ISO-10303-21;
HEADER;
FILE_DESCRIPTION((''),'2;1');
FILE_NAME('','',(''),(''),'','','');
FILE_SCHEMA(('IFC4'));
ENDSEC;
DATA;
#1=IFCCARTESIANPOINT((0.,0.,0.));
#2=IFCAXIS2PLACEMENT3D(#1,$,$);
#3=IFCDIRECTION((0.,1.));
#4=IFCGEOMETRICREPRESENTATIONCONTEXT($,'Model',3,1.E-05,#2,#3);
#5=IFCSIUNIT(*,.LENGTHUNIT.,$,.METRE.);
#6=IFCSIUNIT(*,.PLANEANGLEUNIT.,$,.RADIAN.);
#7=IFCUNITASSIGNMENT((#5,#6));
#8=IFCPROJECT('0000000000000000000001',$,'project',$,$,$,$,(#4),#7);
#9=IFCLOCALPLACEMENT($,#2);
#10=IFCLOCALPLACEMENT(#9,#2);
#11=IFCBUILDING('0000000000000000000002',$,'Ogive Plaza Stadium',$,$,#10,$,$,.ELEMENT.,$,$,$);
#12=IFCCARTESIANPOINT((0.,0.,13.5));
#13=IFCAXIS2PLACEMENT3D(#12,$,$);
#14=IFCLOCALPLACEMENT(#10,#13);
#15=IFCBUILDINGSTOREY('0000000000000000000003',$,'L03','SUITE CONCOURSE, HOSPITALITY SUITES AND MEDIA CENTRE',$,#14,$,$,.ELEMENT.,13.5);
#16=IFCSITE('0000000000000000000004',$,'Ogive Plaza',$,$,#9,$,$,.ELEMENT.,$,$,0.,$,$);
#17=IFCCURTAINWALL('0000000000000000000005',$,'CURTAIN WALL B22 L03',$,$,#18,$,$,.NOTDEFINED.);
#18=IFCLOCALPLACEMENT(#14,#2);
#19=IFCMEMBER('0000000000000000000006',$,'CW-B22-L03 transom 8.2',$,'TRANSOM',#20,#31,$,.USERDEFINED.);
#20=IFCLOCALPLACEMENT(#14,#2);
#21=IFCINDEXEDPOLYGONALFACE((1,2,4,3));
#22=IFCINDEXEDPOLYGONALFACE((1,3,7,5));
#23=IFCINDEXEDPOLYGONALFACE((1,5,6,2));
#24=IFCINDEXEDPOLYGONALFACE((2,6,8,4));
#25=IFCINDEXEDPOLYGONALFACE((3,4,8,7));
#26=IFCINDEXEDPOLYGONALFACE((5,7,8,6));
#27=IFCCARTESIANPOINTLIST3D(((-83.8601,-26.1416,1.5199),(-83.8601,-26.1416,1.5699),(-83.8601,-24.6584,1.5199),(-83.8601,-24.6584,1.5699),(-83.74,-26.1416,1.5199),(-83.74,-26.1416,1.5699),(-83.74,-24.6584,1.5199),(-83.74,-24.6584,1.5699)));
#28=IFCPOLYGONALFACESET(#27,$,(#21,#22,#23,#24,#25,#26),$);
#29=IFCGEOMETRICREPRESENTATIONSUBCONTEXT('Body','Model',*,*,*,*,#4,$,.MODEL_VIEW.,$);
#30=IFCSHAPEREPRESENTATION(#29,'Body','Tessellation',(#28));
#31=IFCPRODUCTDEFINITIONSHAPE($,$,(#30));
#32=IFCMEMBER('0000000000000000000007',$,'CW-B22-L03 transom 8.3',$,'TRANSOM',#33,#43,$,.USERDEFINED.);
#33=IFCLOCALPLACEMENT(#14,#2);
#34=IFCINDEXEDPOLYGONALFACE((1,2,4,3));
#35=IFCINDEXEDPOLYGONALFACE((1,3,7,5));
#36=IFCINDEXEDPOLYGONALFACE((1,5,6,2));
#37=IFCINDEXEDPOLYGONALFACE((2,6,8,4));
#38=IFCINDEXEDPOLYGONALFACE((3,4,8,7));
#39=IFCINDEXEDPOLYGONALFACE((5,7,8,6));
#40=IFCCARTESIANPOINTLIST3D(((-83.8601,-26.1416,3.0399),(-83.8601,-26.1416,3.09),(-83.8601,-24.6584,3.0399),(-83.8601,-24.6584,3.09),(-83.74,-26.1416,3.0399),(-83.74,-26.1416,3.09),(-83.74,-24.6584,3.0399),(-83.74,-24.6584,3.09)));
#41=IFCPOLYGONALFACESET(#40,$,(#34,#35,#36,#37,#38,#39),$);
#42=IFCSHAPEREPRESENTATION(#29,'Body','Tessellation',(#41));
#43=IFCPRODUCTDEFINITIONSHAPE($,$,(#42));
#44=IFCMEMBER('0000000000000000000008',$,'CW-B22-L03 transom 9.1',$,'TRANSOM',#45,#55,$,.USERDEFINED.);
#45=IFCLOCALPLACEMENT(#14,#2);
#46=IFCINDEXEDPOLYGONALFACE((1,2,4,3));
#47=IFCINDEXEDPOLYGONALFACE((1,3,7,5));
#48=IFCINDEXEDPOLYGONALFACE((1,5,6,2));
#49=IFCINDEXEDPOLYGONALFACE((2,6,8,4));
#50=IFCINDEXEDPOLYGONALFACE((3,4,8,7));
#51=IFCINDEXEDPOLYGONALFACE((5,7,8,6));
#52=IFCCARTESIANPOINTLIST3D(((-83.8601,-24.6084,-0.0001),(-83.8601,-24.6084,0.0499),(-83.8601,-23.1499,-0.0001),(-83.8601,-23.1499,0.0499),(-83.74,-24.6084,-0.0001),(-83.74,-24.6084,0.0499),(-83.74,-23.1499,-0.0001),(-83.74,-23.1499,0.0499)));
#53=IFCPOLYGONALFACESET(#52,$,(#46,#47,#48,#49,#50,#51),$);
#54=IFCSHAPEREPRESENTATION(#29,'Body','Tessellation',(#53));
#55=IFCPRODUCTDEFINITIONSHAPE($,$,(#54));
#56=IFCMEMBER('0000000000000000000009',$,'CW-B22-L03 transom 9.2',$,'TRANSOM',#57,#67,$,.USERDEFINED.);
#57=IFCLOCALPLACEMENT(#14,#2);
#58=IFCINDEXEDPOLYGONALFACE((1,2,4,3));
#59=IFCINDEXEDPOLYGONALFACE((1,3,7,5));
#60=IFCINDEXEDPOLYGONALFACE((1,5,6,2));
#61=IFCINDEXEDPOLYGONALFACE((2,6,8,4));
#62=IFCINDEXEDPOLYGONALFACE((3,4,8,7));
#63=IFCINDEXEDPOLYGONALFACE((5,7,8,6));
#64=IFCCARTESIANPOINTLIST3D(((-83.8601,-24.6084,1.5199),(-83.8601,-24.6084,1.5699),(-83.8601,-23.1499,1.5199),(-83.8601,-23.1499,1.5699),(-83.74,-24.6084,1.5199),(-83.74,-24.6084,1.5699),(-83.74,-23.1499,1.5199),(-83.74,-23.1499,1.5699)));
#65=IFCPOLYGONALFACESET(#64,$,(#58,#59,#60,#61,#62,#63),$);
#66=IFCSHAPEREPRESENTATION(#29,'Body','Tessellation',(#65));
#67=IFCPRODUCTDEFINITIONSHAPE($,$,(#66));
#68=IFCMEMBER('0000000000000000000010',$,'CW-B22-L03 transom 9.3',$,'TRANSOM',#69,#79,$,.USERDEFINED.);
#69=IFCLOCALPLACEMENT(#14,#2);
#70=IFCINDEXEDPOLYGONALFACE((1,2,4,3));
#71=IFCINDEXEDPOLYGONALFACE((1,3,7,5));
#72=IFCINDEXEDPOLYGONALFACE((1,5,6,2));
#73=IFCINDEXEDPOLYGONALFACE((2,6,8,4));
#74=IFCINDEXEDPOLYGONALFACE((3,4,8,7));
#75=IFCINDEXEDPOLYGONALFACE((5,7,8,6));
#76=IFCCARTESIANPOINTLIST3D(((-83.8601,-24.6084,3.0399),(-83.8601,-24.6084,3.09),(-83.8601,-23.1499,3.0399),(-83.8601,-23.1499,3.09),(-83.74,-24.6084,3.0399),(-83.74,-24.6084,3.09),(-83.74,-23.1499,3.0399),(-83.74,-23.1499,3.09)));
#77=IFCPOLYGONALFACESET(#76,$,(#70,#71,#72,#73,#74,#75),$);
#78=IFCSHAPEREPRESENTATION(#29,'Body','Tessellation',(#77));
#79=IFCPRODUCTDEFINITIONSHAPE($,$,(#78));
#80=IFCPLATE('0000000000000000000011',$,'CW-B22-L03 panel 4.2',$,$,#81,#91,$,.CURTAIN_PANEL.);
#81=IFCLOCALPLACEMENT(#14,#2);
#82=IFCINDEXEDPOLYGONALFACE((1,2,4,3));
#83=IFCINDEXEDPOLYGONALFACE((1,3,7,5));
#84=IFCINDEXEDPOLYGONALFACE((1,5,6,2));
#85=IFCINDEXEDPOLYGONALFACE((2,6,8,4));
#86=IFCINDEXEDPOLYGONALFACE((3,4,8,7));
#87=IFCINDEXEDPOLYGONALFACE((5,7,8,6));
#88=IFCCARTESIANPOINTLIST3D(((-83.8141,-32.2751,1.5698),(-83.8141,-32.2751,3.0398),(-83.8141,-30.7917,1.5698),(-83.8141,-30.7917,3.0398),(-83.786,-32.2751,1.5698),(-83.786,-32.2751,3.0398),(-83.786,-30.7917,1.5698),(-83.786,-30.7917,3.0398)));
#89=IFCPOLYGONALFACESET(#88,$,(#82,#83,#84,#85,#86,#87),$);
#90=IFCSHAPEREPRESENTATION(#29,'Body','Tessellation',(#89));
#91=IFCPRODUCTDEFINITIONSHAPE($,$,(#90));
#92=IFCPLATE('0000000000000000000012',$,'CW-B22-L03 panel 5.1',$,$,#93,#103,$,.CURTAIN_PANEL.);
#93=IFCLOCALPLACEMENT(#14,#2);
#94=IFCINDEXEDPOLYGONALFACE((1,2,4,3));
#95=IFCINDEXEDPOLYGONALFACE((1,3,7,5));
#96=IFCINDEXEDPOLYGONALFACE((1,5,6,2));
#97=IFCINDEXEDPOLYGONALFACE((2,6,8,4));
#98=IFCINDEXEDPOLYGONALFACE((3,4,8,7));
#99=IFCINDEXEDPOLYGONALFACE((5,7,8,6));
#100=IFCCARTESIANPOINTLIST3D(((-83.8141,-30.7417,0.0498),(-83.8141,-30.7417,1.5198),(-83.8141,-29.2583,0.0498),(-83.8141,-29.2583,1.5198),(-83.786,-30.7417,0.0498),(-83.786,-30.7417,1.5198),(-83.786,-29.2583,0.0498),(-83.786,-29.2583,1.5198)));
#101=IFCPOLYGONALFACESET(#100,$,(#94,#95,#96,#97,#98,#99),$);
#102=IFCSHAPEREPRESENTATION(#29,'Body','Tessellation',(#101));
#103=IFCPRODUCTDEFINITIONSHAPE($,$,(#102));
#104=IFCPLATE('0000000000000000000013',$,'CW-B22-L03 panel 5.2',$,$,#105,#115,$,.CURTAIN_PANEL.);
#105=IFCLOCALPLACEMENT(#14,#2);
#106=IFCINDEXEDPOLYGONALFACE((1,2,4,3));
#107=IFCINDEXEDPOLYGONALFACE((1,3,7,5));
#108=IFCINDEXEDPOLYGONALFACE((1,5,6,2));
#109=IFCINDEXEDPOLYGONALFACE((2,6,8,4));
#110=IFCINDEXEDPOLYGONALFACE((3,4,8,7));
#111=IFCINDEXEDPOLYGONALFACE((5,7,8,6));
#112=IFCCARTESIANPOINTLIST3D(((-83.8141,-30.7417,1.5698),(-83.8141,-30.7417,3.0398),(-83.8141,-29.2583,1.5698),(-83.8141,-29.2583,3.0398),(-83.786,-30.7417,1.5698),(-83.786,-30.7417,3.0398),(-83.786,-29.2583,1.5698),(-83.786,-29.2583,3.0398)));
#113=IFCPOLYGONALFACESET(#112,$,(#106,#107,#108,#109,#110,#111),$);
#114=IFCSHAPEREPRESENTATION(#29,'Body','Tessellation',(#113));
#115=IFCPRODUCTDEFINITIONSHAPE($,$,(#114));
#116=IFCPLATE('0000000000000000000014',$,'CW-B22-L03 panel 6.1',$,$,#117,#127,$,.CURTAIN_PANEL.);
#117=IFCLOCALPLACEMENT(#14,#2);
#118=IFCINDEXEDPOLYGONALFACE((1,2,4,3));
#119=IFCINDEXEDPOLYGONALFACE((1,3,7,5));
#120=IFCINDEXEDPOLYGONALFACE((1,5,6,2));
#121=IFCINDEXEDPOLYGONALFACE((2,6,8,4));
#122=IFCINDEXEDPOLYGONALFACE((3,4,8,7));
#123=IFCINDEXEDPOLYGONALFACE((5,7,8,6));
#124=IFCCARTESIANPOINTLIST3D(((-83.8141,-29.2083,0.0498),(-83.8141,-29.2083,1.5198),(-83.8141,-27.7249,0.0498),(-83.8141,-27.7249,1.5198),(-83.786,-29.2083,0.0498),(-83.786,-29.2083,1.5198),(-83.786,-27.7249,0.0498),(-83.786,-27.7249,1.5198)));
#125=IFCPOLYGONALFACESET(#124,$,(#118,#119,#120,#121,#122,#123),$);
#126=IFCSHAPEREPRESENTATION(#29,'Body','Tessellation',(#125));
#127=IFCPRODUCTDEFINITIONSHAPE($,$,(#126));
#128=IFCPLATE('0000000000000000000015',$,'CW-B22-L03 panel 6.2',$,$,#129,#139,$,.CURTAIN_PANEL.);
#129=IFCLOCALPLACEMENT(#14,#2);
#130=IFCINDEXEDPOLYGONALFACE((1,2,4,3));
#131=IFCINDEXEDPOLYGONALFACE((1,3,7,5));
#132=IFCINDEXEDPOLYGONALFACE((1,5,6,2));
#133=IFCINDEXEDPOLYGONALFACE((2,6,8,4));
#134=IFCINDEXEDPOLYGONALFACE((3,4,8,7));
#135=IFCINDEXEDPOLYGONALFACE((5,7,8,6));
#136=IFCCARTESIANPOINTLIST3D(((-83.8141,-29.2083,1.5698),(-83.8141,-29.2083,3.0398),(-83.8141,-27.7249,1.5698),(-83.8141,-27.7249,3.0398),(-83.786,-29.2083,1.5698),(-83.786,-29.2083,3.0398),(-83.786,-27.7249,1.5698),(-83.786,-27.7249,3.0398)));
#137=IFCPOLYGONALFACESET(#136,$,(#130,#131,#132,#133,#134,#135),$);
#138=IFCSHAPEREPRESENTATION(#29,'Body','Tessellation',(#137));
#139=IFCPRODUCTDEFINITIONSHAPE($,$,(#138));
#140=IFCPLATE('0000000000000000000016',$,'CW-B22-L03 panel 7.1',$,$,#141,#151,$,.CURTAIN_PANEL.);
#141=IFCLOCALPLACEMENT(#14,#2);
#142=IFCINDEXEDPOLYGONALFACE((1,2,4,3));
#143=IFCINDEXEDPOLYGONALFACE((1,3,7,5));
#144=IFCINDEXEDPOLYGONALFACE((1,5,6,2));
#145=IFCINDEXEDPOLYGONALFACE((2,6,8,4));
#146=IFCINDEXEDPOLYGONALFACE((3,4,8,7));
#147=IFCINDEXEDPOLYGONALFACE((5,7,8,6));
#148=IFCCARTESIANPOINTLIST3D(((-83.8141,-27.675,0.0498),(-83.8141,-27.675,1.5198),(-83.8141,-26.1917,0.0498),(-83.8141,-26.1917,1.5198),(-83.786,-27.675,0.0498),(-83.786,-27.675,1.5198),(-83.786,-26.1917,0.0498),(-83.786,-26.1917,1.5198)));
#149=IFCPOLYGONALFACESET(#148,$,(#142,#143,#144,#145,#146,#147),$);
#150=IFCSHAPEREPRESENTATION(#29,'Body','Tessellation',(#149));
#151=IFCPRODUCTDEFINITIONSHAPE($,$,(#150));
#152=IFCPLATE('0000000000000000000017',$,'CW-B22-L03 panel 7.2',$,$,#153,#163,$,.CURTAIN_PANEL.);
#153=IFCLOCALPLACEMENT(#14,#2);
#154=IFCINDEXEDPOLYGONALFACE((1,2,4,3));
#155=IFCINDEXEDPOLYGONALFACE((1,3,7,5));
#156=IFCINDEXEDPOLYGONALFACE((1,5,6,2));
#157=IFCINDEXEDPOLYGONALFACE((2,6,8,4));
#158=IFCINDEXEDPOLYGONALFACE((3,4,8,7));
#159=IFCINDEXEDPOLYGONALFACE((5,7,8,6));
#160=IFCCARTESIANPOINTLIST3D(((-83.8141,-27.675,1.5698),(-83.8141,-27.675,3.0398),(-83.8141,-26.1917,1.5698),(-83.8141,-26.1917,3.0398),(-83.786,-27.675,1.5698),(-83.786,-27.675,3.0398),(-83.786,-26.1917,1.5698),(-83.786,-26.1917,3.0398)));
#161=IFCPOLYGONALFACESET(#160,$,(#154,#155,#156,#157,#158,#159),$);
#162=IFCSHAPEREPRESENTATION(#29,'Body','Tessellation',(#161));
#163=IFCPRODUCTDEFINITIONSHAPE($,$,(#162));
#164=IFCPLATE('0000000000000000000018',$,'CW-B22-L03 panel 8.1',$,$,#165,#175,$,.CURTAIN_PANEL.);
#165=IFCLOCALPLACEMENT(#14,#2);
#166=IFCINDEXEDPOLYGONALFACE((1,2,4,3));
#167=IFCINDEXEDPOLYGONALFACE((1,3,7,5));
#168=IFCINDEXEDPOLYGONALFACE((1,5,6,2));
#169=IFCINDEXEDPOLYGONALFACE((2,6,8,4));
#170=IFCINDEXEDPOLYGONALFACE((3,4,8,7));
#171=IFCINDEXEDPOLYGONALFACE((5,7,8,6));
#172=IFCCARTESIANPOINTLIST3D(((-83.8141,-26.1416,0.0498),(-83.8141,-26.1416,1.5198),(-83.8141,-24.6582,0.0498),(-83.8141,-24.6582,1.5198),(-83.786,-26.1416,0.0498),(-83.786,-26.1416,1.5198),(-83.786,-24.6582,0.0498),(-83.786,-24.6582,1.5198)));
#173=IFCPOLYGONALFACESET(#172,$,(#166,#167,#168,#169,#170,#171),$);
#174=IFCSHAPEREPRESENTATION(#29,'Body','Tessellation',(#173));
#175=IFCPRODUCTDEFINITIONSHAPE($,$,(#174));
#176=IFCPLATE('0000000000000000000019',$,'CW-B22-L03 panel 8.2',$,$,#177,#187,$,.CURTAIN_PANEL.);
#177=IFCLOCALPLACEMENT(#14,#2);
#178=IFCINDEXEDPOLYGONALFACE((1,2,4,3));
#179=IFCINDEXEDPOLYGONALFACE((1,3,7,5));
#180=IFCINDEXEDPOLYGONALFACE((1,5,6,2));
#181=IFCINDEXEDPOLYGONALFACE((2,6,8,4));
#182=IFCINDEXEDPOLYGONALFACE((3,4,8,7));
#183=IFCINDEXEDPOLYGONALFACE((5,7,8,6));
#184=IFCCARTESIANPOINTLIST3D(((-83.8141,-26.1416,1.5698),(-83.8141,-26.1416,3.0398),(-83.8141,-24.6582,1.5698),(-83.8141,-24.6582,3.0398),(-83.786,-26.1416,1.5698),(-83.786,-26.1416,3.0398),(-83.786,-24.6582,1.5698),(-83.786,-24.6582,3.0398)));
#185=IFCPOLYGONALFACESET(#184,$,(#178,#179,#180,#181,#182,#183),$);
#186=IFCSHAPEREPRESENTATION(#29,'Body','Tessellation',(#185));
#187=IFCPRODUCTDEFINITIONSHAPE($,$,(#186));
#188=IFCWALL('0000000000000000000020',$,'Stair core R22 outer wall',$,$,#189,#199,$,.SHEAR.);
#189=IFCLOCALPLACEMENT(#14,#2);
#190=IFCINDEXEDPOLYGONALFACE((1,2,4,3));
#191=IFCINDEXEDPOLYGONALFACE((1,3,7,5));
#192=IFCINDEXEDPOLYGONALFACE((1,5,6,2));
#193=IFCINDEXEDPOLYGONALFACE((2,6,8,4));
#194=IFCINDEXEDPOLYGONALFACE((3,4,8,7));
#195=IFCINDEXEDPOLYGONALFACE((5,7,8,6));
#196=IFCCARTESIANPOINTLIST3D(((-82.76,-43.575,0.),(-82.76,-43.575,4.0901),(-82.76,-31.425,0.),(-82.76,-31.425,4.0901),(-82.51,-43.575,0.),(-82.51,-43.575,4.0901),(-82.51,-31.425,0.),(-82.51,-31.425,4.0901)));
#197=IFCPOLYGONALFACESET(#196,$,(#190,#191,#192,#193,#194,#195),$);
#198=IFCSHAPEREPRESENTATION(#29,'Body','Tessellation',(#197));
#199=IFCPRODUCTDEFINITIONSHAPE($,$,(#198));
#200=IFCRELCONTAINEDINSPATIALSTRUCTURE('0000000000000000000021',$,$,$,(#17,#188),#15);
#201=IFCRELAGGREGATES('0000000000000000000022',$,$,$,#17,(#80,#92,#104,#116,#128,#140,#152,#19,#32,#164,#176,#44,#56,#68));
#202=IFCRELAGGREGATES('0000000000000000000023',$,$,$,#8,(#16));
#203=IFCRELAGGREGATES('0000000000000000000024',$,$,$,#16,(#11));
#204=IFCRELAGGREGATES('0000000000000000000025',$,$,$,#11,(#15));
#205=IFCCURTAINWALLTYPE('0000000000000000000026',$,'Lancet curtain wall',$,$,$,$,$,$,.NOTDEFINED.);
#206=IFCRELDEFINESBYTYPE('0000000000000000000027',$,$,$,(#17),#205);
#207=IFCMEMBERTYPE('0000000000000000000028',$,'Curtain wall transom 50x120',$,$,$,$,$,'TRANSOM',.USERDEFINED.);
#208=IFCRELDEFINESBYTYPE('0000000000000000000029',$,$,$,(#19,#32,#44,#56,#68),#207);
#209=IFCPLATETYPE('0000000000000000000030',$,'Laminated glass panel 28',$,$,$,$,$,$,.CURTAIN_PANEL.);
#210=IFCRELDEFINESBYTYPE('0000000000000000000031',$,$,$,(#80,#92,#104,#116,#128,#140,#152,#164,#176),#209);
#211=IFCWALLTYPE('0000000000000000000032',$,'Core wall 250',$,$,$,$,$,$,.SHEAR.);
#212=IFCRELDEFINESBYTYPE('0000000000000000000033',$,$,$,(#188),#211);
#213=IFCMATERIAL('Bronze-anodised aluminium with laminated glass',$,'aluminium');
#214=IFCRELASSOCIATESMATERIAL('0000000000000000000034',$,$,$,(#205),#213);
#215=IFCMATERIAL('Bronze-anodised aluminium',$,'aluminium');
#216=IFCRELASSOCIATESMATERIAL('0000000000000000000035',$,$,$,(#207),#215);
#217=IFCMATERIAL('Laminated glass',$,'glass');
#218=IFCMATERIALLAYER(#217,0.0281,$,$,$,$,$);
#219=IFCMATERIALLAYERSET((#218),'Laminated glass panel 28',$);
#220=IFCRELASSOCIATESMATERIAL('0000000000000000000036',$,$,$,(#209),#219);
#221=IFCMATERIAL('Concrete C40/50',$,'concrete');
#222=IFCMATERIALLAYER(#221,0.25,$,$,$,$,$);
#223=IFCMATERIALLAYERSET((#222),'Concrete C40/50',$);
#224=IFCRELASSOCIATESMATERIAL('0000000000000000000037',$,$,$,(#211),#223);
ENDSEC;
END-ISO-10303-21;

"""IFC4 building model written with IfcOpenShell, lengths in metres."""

from ifc_helpers import new_model, si_unit, direction, frame, frame_2d, origin, origin_2d, place, context, subcontext, project, spatial, rectangle, extrude, material, layer, layer_set, material_profile, profile_set, type_object, element, aggregate, save


model = new_model("IFC4")

# Units and contexts
model_context = context("Model", 3, precision=1e-05, world=origin(), true_north=direction((0.0, 1.0)))
body_context = subcontext(model_context, "Body", "Model", "MODEL_VIEW")
ifc_project = project(units=[si_unit("LENGTHUNIT", "METRE"), si_unit("PLANEANGLEUNIT", "RADIAN")], contexts=[model_context])

# Site, building, storey
site_placement = place(None, origin())
site = spatial("IfcSite", under=ifc_project, at=site_placement, Name="Ogive Plaza", CompositionType="ELEMENT", RefElevation=0.0)
building_placement = place(site_placement, origin())
building = spatial("IfcBuilding", under=site, at=building_placement, Name="Ogive Plaza Stadium", CompositionType="ELEMENT")
storey_placement = place(building_placement, frame((0.0, 0.0, 13.5)))
storey = spatial("IfcBuildingStorey", under=building, at=storey_placement, Name="L03", Description="SUITE CONCOURSE, HOSPITALITY SUITES AND MEDIA CENTRE", CompositionType="ELEMENT", Elevation=13.5)

# Curtain wall, members, plates
ifc_material_1 = material(Name="Bronze-anodised aluminium with laminated glass", Category="aluminium")
curtain_wall_type = type_object("IfcCurtainWallType", Name="Lancet curtain wall", PredefinedType="NOTDEFINED", material=ifc_material_1)
curtain_wall_placement = place(storey_placement, origin())
curtain_wall = element("IfcCurtainWall", 1, at=curtain_wall_placement, inside=storey, type_object=curtain_wall_type, Name="CURTAIN WALL B22 L03", PredefinedType="NOTDEFINED")
ifc_material_2 = material(Name="Bronze-anodised aluminium", Category="aluminium")
ifc_material_profile_1 = material_profile(ifc_material_2, rectangle(XDim=0.1201, YDim=0.05, at=origin_2d()), Name="AL 120x50")
ifc_profile_set_1 = profile_set([ifc_material_profile_1], Name="Bronze-anodised aluminium")
member_type_1 = type_object("IfcMemberType", Name="Curtain wall transom 50x120", ElementType="TRANSOM", PredefinedType="USERDEFINED", material=ifc_profile_set_1)
member_1_placement = place(storey_placement, frame((-83.8, -26.1416, 1.5449), z_axis=(0.0, 1.0, 0.0), x_axis=(-1.0, 0.0, 0.0)))
member_1 = element("IfcMember", 2, at=member_1_placement, type_object=member_type_1, Name="CW-B22-L03 transom 8.2", ObjectType="TRANSOM", PredefinedType="USERDEFINED", context=body_context, shape_type="SweptSolid", body=[
    extrude(rectangle(XDim=0.1201, YDim=0.05, at=origin_2d()), origin(), (0.0, 0.0, 1.0), 1.4832),
])
member_2_placement = place(storey_placement, frame((-83.8, -26.1416, 3.0649), z_axis=(0.0, 1.0, 0.0), x_axis=(-1.0, 0.0, 0.0)))
member_2 = element("IfcMember", 3, at=member_2_placement, type_object=member_type_1, Name="CW-B22-L03 transom 8.3", ObjectType="TRANSOM", PredefinedType="USERDEFINED", context=body_context, shape_type="SweptSolid", body=[
    extrude(rectangle(XDim=0.1201, YDim=0.05, at=origin_2d()), origin(), (0.0, 0.0, 1.0), 1.4832),
])
member_3_placement = place(storey_placement, frame((-83.8, -24.6084, 0.0249), z_axis=(0.0, 1.0, 0.0), x_axis=(-1.0, 0.0, 0.0)))
member_3 = element("IfcMember", 4, at=member_3_placement, type_object=member_type_1, Name="CW-B22-L03 transom 9.1", ObjectType="TRANSOM", PredefinedType="USERDEFINED", context=body_context, shape_type="SweptSolid", body=[
    extrude(rectangle(XDim=0.1201, YDim=0.05, at=origin_2d()), origin(), (0.0, 0.0, 1.0), 1.4585),
])
member_4_placement = place(storey_placement, frame((-83.8, -24.6084, 1.5449), z_axis=(0.0, 1.0, 0.0), x_axis=(-1.0, 0.0, 0.0)))
member_4 = element("IfcMember", 5, at=member_4_placement, type_object=member_type_1, Name="CW-B22-L03 transom 9.2", ObjectType="TRANSOM", PredefinedType="USERDEFINED", context=body_context, shape_type="SweptSolid", body=[
    extrude(rectangle(XDim=0.1201, YDim=0.05, at=origin_2d()), origin(), (0.0, 0.0, 1.0), 1.4585),
])
member_5_placement = place(storey_placement, frame((-83.8, -24.6084, 3.0649), z_axis=(0.0, 1.0, 0.0), x_axis=(-1.0, 0.0, 0.0)))
member_5 = element("IfcMember", 6, at=member_5_placement, type_object=member_type_1, Name="CW-B22-L03 transom 9.3", ObjectType="TRANSOM", PredefinedType="USERDEFINED", context=body_context, shape_type="SweptSolid", body=[
    extrude(rectangle(XDim=0.1201, YDim=0.05, at=origin_2d()), origin(), (0.0, 0.0, 1.0), 1.4585),
])
ifc_material_3 = material(Name="Laminated glass", Category="glass")
ifc_layer_1 = layer(ifc_material_3, 0.0281)
ifc_layer_set_1 = layer_set([ifc_layer_1], Name="Laminated glass panel 28")
plate_type = type_object("IfcPlateType", Name="Laminated glass panel 28", PredefinedType="CURTAIN_PANEL", material=ifc_layer_set_1)
plate_1_placement = place(storey_placement, frame((-83.8, -31.5334, 1.5698), z_axis=(0.0, 0.0, 1.0), x_axis=(0.0, 1.0, 0.0)))
plate_1 = element("IfcPlate", 7, at=plate_1_placement, type_object=plate_type, Name="CW-B22-L03 panel 4.2", PredefinedType="CURTAIN_PANEL", context=body_context, shape_type="SweptSolid", body=[
    extrude(rectangle(XDim=1.4834, YDim=0.0281, at=origin_2d()), origin(), (0.0, 0.0, 1.0), 1.47),
])
plate_2_placement = place(storey_placement, frame((-83.8, -30.0, 0.0498), z_axis=(0.0, 0.0, 1.0), x_axis=(0.0, 1.0, 0.0)))
plate_2 = element("IfcPlate", 8, at=plate_2_placement, type_object=plate_type, Name="CW-B22-L03 panel 5.1", PredefinedType="CURTAIN_PANEL", context=body_context, shape_type="SweptSolid", body=[
    extrude(rectangle(XDim=1.4834, YDim=0.0281, at=origin_2d()), origin(), (0.0, 0.0, 1.0), 1.47),
])
plate_3_placement = place(storey_placement, frame((-83.8, -30.0, 1.5698), z_axis=(0.0, 0.0, 1.0), x_axis=(0.0, 1.0, 0.0)))
plate_3 = element("IfcPlate", 9, at=plate_3_placement, type_object=plate_type, Name="CW-B22-L03 panel 5.2", PredefinedType="CURTAIN_PANEL", context=body_context, shape_type="SweptSolid", body=[
    extrude(rectangle(XDim=1.4834, YDim=0.0281, at=origin_2d()), origin(), (0.0, 0.0, 1.0), 1.47),
])
plate_4_placement = place(storey_placement, frame((-83.8, -28.4666, 0.0498), z_axis=(0.0, 0.0, 1.0), x_axis=(0.0, 1.0, 0.0)))
plate_4 = element("IfcPlate", 10, at=plate_4_placement, type_object=plate_type, Name="CW-B22-L03 panel 6.1", PredefinedType="CURTAIN_PANEL", context=body_context, shape_type="SweptSolid", body=[
    extrude(rectangle(XDim=1.4834, YDim=0.0281, at=origin_2d()), origin(), (0.0, 0.0, 1.0), 1.47),
])
plate_5_placement = place(storey_placement, frame((-83.8, -28.4666, 1.5698), z_axis=(0.0, 0.0, 1.0), x_axis=(0.0, 1.0, 0.0)))
plate_5 = element("IfcPlate", 11, at=plate_5_placement, type_object=plate_type, Name="CW-B22-L03 panel 6.2", PredefinedType="CURTAIN_PANEL", context=body_context, shape_type="SweptSolid", body=[
    extrude(rectangle(XDim=1.4834, YDim=0.0281, at=origin_2d()), origin(), (0.0, 0.0, 1.0), 1.47),
])
plate_6_placement = place(storey_placement, frame((-83.8, -26.9333, 0.0498), z_axis=(0.0, 0.0, 1.0), x_axis=(0.0, 1.0, 0.0)))
plate_6 = element("IfcPlate", 12, at=plate_6_placement, type_object=plate_type, Name="CW-B22-L03 panel 7.1", PredefinedType="CURTAIN_PANEL", context=body_context, shape_type="SweptSolid", body=[
    extrude(rectangle(XDim=1.4834, YDim=0.0281, at=origin_2d()), origin(), (0.0, 0.0, 1.0), 1.47),
])
plate_7_placement = place(storey_placement, frame((-83.8, -26.9333, 1.5698), z_axis=(0.0, 0.0, 1.0), x_axis=(0.0, 1.0, 0.0)))
plate_7 = element("IfcPlate", 13, at=plate_7_placement, type_object=plate_type, Name="CW-B22-L03 panel 7.2", PredefinedType="CURTAIN_PANEL", context=body_context, shape_type="SweptSolid", body=[
    extrude(rectangle(XDim=1.4834, YDim=0.0281, at=origin_2d()), origin(), (0.0, 0.0, 1.0), 1.47),
])
plate_8_placement = place(storey_placement, frame((-83.8, -25.3999, 0.0498), z_axis=(0.0, 0.0, 1.0), x_axis=(0.0, 1.0, 0.0)))
plate_8 = element("IfcPlate", 14, at=plate_8_placement, type_object=plate_type, Name="CW-B22-L03 panel 8.1", PredefinedType="CURTAIN_PANEL", context=body_context, shape_type="SweptSolid", body=[
    extrude(rectangle(XDim=1.4834, YDim=0.0281, at=origin_2d()), origin(), (0.0, 0.0, 1.0), 1.47),
])
plate_9_placement = place(storey_placement, frame((-83.8, -25.3999, 1.5698), z_axis=(0.0, 0.0, 1.0), x_axis=(0.0, 1.0, 0.0)))
plate_9 = element("IfcPlate", 15, at=plate_9_placement, type_object=plate_type, Name="CW-B22-L03 panel 8.2", PredefinedType="CURTAIN_PANEL", context=body_context, shape_type="SweptSolid", body=[
    extrude(rectangle(XDim=1.4834, YDim=0.0281, at=origin_2d()), origin(), (0.0, 0.0, 1.0), 1.47),
])
aggregate(curtain_wall, [plate_1, plate_2, plate_3, plate_4, plate_5, plate_6, plate_7, member_1, member_2, plate_8, plate_9, member_3, member_4, member_5])

# Wall
ifc_material_4 = material(Name="Concrete C40/50", Category="concrete")
ifc_layer_2 = layer(ifc_material_4, 0.25)
ifc_layer_set_2 = layer_set([ifc_layer_2], Name="Concrete C40/50")
wall_type = type_object("IfcWallType", Name="Core wall 250", PredefinedType="SHEAR", material=ifc_layer_set_2)
wall_placement = place(storey_placement, frame((-82.635, -31.425, 0.0), z_axis=(0.0, 0.0, 1.0), x_axis=(0.0, -1.0, 0.0)))
element("IfcWall", 16, at=wall_placement, inside=storey, type_object=wall_type, Name="Stair core R22 outer wall", PredefinedType="SHEAR", context=body_context, shape_type="SweptSolid", body=[
    extrude(rectangle(XDim=12.1499, YDim=0.25, at=frame_2d((6.075, 0.0))), origin(), (0.0, 0.0, 1.0), 4.0901),
])

save(model, "model.ifc")
